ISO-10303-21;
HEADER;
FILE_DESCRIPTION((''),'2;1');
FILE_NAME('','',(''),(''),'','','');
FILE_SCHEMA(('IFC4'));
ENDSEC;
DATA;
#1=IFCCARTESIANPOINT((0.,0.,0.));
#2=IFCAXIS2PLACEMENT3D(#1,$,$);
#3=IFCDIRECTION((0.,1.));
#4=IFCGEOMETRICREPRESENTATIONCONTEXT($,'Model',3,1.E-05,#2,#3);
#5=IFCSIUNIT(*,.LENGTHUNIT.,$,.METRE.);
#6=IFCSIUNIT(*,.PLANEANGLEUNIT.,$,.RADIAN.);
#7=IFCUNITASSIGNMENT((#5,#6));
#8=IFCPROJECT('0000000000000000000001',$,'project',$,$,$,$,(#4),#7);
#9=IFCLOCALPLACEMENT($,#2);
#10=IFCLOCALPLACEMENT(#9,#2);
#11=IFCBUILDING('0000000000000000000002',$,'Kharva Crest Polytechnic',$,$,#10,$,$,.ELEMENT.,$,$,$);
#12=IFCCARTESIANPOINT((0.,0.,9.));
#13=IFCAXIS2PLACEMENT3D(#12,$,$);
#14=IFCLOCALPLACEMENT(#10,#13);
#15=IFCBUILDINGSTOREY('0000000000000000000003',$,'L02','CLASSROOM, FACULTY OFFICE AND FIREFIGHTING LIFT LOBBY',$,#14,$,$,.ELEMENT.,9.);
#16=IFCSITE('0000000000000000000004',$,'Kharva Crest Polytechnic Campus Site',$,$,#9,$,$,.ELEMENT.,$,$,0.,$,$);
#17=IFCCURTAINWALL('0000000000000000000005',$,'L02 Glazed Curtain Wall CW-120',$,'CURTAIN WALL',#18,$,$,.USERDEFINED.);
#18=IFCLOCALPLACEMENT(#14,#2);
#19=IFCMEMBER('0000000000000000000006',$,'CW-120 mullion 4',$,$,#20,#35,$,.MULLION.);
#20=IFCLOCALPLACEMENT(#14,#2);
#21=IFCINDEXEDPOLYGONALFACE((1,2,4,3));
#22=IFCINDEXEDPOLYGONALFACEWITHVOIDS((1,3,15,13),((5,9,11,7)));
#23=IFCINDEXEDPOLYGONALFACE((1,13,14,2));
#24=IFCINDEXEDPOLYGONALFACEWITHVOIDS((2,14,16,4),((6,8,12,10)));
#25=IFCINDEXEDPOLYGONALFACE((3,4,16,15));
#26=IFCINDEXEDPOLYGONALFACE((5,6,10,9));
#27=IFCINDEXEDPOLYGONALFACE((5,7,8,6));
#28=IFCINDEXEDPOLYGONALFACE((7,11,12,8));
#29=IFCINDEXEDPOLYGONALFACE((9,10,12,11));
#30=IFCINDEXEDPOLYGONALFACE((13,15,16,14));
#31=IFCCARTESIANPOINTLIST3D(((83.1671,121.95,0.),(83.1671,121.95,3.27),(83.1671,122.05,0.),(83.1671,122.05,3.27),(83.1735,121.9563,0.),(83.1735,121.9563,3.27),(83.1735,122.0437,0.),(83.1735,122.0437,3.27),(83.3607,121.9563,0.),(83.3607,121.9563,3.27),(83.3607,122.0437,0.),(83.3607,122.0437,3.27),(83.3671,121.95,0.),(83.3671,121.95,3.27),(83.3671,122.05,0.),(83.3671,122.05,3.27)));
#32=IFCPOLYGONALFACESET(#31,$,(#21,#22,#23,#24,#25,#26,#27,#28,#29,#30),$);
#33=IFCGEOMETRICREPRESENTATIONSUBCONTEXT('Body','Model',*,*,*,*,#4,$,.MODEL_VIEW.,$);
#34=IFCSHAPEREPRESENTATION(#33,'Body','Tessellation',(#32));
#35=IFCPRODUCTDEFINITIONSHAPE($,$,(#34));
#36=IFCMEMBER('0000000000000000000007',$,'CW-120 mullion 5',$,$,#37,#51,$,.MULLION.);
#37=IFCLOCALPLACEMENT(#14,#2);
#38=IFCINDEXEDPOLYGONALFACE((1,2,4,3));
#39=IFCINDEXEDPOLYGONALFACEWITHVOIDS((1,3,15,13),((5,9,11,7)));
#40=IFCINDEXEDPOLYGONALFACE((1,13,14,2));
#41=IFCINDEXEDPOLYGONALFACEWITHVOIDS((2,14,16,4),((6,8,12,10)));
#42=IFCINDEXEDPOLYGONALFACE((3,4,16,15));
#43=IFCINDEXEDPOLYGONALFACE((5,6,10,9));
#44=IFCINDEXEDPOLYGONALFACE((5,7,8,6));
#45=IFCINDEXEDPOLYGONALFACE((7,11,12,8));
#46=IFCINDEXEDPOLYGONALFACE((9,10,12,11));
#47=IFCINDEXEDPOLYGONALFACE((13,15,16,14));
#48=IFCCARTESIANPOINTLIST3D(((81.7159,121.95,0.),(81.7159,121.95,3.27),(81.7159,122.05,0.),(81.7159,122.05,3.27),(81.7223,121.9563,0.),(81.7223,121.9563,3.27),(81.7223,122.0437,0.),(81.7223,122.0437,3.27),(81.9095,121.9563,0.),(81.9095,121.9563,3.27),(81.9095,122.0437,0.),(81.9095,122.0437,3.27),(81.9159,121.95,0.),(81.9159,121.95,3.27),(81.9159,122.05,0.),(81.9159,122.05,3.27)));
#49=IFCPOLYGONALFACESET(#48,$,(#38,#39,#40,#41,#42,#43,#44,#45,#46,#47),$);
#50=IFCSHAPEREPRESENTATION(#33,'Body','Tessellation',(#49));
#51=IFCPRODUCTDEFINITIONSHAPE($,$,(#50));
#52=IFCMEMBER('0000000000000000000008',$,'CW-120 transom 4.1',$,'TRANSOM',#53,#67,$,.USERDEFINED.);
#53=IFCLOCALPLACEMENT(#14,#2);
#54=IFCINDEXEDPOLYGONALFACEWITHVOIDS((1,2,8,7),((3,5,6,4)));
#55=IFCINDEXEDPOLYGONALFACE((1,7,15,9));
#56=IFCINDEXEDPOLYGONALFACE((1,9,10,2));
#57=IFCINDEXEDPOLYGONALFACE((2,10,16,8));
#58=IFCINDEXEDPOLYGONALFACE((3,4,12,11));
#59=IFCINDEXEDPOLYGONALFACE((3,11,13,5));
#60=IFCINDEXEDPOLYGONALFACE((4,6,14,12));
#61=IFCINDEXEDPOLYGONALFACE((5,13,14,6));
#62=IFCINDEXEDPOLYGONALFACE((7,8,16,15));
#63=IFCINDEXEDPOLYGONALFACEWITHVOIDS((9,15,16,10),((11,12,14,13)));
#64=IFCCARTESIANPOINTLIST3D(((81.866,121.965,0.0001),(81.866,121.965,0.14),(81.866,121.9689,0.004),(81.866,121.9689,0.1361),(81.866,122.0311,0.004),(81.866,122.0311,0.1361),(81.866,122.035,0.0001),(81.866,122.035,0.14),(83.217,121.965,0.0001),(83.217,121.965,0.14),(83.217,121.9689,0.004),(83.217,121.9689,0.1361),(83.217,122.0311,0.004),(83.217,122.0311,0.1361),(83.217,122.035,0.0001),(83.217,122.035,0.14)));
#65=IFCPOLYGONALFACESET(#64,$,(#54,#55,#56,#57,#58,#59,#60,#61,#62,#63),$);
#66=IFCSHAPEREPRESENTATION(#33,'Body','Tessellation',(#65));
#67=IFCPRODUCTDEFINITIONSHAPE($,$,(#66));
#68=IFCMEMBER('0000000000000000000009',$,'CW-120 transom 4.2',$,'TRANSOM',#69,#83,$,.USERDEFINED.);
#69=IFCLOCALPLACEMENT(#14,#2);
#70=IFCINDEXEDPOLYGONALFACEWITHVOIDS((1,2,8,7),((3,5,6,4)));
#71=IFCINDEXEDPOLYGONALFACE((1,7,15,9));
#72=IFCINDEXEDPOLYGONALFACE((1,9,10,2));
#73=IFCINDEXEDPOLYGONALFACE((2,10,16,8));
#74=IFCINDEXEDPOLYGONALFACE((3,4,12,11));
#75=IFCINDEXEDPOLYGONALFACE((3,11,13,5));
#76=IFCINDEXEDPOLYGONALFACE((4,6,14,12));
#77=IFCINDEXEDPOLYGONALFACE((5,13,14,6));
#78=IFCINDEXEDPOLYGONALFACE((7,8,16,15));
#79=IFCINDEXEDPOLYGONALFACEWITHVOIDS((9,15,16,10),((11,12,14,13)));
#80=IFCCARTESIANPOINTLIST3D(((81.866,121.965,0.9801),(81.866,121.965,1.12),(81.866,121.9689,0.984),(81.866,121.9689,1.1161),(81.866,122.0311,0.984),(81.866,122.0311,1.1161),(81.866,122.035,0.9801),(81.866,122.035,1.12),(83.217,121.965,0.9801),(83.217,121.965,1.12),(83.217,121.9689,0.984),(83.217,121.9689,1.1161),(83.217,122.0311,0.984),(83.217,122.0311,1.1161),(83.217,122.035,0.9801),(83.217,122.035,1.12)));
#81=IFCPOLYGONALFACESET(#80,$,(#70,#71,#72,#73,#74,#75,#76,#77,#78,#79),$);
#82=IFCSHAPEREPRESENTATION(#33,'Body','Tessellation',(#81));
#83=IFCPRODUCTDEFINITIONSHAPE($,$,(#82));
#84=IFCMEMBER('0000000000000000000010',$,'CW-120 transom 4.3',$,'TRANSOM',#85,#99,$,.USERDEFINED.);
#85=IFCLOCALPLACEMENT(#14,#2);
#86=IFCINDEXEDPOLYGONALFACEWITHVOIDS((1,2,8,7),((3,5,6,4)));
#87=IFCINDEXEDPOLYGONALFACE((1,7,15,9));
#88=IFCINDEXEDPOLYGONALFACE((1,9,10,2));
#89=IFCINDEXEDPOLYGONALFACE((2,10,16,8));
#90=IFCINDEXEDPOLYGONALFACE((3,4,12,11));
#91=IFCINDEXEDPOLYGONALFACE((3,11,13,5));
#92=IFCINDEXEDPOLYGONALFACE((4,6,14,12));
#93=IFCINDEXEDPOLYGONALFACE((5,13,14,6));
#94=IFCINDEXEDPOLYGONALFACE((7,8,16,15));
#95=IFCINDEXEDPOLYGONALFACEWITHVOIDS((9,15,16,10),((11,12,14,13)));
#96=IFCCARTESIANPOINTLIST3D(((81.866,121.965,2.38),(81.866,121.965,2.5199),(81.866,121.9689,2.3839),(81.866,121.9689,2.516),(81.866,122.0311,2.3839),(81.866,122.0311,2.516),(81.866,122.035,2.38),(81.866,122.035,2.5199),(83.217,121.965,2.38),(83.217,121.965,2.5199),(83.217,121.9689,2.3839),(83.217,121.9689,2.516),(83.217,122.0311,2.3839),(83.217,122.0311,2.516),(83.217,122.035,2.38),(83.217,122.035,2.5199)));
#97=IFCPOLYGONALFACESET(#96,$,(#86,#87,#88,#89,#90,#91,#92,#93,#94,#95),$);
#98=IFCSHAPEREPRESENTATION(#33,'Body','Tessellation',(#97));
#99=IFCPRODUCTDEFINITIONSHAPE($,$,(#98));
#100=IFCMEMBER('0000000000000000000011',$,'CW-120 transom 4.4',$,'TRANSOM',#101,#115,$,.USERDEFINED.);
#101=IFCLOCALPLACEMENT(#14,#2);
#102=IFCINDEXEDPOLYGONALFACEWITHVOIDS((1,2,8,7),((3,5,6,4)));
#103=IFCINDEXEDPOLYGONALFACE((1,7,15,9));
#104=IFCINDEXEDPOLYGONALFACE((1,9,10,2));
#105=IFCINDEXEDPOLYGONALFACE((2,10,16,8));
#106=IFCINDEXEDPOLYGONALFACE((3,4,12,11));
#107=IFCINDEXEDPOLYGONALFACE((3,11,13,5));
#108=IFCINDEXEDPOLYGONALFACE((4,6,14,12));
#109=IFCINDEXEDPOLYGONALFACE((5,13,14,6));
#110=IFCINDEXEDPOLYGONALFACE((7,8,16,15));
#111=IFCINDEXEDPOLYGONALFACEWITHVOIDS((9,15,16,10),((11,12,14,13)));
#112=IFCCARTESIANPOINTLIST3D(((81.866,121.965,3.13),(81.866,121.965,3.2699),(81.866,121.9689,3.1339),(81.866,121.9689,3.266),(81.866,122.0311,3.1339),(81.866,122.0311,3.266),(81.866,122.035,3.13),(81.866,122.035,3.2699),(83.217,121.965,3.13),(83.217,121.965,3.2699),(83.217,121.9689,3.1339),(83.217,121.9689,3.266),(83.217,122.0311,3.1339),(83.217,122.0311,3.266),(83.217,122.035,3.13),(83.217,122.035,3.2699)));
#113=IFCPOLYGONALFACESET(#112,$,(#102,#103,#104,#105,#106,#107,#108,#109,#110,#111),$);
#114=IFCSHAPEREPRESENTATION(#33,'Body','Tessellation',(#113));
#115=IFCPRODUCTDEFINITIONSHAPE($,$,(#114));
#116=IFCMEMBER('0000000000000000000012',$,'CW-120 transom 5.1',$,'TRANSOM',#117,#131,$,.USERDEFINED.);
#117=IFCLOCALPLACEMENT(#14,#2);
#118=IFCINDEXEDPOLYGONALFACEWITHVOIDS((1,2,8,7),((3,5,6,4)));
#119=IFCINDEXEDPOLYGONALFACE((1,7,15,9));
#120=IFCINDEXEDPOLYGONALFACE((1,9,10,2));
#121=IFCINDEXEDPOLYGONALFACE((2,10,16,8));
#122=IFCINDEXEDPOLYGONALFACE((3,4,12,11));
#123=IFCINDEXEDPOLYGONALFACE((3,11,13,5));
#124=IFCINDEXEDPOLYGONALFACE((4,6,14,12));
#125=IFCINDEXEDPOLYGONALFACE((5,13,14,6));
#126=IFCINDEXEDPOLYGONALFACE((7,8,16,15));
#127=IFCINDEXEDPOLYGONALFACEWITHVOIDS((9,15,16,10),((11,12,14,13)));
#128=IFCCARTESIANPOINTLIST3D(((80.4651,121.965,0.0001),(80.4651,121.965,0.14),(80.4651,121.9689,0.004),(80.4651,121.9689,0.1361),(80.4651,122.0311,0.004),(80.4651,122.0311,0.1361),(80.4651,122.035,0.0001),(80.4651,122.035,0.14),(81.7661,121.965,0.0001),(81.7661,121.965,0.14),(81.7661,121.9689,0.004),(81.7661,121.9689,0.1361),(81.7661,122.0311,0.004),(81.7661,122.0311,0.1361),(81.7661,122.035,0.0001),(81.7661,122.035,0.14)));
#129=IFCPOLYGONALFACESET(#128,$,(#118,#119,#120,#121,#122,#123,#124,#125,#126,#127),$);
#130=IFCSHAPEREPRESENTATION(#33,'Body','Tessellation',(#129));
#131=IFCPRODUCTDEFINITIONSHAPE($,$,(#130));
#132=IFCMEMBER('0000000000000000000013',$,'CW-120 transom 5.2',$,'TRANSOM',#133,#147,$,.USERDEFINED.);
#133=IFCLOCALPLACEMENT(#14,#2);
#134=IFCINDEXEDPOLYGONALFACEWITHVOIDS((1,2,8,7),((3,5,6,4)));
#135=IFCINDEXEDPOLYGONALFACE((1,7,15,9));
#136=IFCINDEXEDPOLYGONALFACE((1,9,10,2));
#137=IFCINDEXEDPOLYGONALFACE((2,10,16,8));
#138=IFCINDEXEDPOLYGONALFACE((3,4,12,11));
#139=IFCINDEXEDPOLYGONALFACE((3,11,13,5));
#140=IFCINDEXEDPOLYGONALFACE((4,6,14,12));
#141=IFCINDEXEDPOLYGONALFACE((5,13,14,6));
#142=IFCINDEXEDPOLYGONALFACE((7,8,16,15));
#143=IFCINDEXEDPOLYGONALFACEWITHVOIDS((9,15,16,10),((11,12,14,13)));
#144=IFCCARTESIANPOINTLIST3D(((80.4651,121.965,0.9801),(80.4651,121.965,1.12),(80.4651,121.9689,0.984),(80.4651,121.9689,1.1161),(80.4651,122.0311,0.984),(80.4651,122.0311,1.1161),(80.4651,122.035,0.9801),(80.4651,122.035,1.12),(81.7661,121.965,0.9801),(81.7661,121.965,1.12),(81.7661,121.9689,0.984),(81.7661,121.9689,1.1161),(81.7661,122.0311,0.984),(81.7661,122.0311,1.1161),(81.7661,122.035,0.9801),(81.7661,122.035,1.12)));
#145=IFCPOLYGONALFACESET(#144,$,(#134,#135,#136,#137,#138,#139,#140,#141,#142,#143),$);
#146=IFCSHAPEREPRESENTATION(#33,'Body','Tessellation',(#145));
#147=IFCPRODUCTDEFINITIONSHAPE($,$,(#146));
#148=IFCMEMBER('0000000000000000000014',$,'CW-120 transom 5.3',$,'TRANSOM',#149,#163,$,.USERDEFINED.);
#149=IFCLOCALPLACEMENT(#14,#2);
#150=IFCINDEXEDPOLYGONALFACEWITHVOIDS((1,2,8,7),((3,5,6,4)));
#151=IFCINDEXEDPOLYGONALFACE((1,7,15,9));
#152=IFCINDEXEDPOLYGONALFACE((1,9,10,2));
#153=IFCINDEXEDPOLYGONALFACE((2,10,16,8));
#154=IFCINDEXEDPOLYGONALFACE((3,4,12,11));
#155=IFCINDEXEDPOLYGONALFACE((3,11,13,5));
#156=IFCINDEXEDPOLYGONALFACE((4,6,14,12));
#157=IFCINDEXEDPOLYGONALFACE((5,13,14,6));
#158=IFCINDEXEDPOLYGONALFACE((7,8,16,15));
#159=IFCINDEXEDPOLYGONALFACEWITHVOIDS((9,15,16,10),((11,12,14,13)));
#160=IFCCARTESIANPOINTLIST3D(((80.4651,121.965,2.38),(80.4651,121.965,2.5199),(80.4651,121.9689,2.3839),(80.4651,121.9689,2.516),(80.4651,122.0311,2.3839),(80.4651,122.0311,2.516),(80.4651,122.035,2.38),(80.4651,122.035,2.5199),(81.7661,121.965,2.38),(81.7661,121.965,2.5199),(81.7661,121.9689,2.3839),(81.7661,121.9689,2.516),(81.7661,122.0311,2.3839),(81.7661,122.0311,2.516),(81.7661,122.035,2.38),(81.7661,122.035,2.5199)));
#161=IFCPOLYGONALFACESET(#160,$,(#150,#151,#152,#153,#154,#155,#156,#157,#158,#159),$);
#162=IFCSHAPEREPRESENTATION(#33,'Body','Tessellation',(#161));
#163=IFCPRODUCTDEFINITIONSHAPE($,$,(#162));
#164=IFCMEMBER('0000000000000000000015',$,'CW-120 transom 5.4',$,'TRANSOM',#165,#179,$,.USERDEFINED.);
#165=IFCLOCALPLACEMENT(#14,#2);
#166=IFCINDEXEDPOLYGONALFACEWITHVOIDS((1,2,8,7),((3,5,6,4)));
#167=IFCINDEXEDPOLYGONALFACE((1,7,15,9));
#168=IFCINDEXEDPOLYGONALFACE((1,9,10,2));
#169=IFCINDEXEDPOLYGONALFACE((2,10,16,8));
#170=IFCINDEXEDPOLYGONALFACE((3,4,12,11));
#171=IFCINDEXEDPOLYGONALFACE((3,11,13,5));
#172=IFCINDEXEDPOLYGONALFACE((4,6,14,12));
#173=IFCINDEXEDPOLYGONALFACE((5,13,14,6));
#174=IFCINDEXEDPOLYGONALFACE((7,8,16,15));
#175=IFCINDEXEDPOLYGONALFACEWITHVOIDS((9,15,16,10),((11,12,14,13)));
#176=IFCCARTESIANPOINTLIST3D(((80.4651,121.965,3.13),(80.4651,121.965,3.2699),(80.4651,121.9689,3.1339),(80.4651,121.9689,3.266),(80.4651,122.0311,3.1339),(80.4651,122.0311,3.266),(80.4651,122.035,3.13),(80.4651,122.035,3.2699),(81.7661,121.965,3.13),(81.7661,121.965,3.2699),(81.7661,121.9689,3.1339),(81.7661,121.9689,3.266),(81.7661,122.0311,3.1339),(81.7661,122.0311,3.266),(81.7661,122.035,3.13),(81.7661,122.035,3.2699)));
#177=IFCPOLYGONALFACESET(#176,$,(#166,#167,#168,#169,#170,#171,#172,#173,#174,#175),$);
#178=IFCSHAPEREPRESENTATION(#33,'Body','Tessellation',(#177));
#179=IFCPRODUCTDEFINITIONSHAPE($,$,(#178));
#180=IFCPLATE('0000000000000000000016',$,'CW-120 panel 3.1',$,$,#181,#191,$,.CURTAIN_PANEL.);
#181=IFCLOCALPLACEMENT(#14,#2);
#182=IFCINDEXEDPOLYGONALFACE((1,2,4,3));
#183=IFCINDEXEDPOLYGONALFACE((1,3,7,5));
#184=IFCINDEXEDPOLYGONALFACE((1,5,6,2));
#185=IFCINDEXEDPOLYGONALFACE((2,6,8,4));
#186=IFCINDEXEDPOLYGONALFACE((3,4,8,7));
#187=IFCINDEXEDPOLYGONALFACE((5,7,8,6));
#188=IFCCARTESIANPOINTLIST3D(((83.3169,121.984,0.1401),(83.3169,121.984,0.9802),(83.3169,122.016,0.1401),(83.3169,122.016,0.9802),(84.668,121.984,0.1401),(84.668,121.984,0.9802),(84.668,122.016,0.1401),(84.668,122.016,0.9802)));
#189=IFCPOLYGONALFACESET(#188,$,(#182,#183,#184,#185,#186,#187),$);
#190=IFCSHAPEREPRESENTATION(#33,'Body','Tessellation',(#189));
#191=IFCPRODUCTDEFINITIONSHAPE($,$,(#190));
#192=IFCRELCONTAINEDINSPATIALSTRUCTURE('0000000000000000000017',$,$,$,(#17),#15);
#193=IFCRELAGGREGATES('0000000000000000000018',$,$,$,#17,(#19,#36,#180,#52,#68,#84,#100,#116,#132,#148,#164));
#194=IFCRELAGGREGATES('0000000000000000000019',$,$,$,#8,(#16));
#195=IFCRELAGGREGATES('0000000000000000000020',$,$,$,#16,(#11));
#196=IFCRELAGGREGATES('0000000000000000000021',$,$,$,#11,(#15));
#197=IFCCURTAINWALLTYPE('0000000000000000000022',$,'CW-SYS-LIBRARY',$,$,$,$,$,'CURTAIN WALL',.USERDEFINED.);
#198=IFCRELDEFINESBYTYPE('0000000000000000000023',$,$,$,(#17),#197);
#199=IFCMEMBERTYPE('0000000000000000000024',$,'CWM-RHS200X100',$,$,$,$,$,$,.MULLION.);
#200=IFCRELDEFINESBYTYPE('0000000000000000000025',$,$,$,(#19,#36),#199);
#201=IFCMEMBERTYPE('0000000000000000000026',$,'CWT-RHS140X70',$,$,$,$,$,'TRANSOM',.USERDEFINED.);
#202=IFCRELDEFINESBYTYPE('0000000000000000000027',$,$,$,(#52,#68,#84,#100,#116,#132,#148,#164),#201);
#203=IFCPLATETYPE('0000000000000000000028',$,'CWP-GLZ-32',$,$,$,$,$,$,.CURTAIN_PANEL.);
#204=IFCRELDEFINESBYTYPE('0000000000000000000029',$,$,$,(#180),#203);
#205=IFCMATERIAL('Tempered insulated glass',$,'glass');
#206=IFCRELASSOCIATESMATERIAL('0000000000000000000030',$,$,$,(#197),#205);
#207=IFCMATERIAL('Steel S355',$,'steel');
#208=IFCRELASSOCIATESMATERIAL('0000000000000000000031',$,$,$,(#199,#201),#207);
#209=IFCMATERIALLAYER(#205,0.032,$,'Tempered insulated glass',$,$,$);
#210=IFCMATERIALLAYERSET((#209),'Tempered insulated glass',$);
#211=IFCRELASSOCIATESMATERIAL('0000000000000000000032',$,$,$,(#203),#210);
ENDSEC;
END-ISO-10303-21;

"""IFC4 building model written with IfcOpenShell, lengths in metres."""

from ifc_helpers import new_model, si_unit, direction, frame, origin, origin_2d, place, context, subcontext, project, spatial, rectangle, hollow_rectangle, extrude, material, layer, layer_set, material_profile, profile_set, type_object, element, aggregate, save


model = new_model("IFC4")

# Units and contexts
model_context = context("Model", 3, precision=1e-05, world=origin(), true_north=direction((0.0, 1.0)))
body_context = subcontext(model_context, "Body", "Model", "MODEL_VIEW")
ifc_project = project(units=[si_unit("LENGTHUNIT", "METRE"), si_unit("PLANEANGLEUNIT", "RADIAN")], contexts=[model_context])

# Site, building, storey
site_placement = place(None, origin())
site = spatial("IfcSite", under=ifc_project, at=site_placement, Name="Kharva Crest Polytechnic Campus Site", CompositionType="ELEMENT", RefElevation=0.0)
building_placement = place(site_placement, origin())
building = spatial("IfcBuilding", under=site, at=building_placement, Name="Kharva Crest Polytechnic", CompositionType="ELEMENT")
storey_placement = place(building_placement, frame((0.0, 0.0, 9.0)))
storey = spatial("IfcBuildingStorey", under=building, at=storey_placement, Name="L02", Description="CLASSROOM, FACULTY OFFICE AND FIREFIGHTING LIFT LOBBY", CompositionType="ELEMENT", Elevation=9.0)

# Curtain wall, members, plate
ifc_material_1 = material(Name="Tempered insulated glass", Category="glass")
curtain_wall_type = type_object("IfcCurtainWallType", Name="CW-SYS-LIBRARY", ElementType="CURTAIN WALL", PredefinedType="USERDEFINED", material=ifc_material_1)
curtain_wall_placement = place(storey_placement, origin())
curtain_wall = element("IfcCurtainWall", 1, at=curtain_wall_placement, inside=storey, type_object=curtain_wall_type, Name="L02 Glazed Curtain Wall CW-120", ObjectType="CURTAIN WALL", PredefinedType="USERDEFINED")
ifc_material_2 = material(Name="Steel S355", Category="steel")
ifc_material_profile_1 = material_profile(ifc_material_2, hollow_rectangle(XDim=0.1001, YDim=0.2, WallThickness=0.0063, at=origin_2d()), Name="RHS 200X100X6.3")
ifc_profile_set_1 = profile_set([ifc_material_profile_1], Name="Steel S355")
member_type_1 = type_object("IfcMemberType", Name="CWM-RHS200X100", PredefinedType="MULLION", material=ifc_profile_set_1)
member_1_placement = place(storey_placement, frame((83.2671, 122.0, 0.0), z_axis=(0.0, 0.0, 1.0), x_axis=(0.0, -1.0, 0.0)))
member_1 = element("IfcMember", 2, at=member_1_placement, type_object=member_type_1, Name="CW-120 mullion 4", PredefinedType="MULLION", context=body_context, shape_type="SweptSolid", body=[
    extrude(hollow_rectangle(XDim=0.1001, YDim=0.2, WallThickness=0.0063, at=origin_2d()), origin(), (0.0, 0.0, 1.0), 3.27),
])
member_2_placement = place(storey_placement, frame((81.8159, 122.0, 0.0), z_axis=(0.0, 0.0, 1.0), x_axis=(0.0, -1.0, 0.0)))
member_2 = element("IfcMember", 3, at=member_2_placement, type_object=member_type_1, Name="CW-120 mullion 5", PredefinedType="MULLION", context=body_context, shape_type="SweptSolid", body=[
    extrude(hollow_rectangle(XDim=0.1001, YDim=0.2, WallThickness=0.0063, at=origin_2d()), origin(), (0.0, 0.0, 1.0), 3.27),
])
ifc_material_profile_2 = material_profile(ifc_material_2, hollow_rectangle(XDim=0.0701, YDim=0.1399, WallThickness=0.0039, at=origin_2d()), Name="RHS 140X70X4.0")
ifc_profile_set_2 = profile_set([ifc_material_profile_2], Name="Steel S355")
member_type_2 = type_object("IfcMemberType", Name="CWT-RHS140X70", ElementType="TRANSOM", PredefinedType="USERDEFINED", material=ifc_profile_set_2)
member_3_placement = place(storey_placement, frame((83.217, 122.0, 0.0701), z_axis=(-1.0, 0.0, 0.0), x_axis=(0.0, -1.0, 0.0)))
member_3 = element("IfcMember", 4, at=member_3_placement, type_object=member_type_2, Name="CW-120 transom 4.1", ObjectType="TRANSOM", PredefinedType="USERDEFINED", context=body_context, shape_type="SweptSolid", body=[
    extrude(hollow_rectangle(XDim=0.0701, YDim=0.1399, WallThickness=0.0039, at=origin_2d()), origin(), (0.0, 0.0, 1.0), 1.3511),
])
member_4_placement = place(storey_placement, frame((83.217, 122.0, 1.05), z_axis=(-1.0, 0.0, 0.0), x_axis=(0.0, -1.0, 0.0)))
member_4 = element("IfcMember", 5, at=member_4_placement, type_object=member_type_2, Name="CW-120 transom 4.2", ObjectType="TRANSOM", PredefinedType="USERDEFINED", context=body_context, shape_type="SweptSolid", body=[
    extrude(hollow_rectangle(XDim=0.0701, YDim=0.1399, WallThickness=0.0039, at=origin_2d()), origin(), (0.0, 0.0, 1.0), 1.3511),
])
member_5_placement = place(storey_placement, frame((83.217, 122.0, 2.45), z_axis=(-1.0, 0.0, 0.0), x_axis=(0.0, -1.0, 0.0)))
member_5 = element("IfcMember", 6, at=member_5_placement, type_object=member_type_2, Name="CW-120 transom 4.3", ObjectType="TRANSOM", PredefinedType="USERDEFINED", context=body_context, shape_type="SweptSolid", body=[
    extrude(hollow_rectangle(XDim=0.0701, YDim=0.1399, WallThickness=0.0039, at=origin_2d()), origin(), (0.0, 0.0, 1.0), 1.3511),
])
member_6_placement = place(storey_placement, frame((83.217, 122.0, 3.2), z_axis=(-1.0, 0.0, 0.0), x_axis=(0.0, -1.0, 0.0)))
member_6 = element("IfcMember", 7, at=member_6_placement, type_object=member_type_2, Name="CW-120 transom 4.4", ObjectType="TRANSOM", PredefinedType="USERDEFINED", context=body_context, shape_type="SweptSolid", body=[
    extrude(hollow_rectangle(XDim=0.0701, YDim=0.1399, WallThickness=0.0039, at=origin_2d()), origin(), (0.0, 0.0, 1.0), 1.3511),
])
member_7_placement = place(storey_placement, frame((81.7661, 122.0, 0.0701), z_axis=(-1.0, 0.0, 0.0), x_axis=(0.0, -1.0, 0.0)))
member_7 = element("IfcMember", 8, at=member_7_placement, type_object=member_type_2, Name="CW-120 transom 5.1", ObjectType="TRANSOM", PredefinedType="USERDEFINED", context=body_context, shape_type="SweptSolid", body=[
    extrude(hollow_rectangle(XDim=0.0701, YDim=0.1399, WallThickness=0.0039, at=origin_2d()), origin(), (0.0, 0.0, 1.0), 1.301),
])
member_8_placement = place(storey_placement, frame((81.7661, 122.0, 1.05), z_axis=(-1.0, 0.0, 0.0), x_axis=(0.0, -1.0, 0.0)))
member_8 = element("IfcMember", 9, at=member_8_placement, type_object=member_type_2, Name="CW-120 transom 5.2", ObjectType="TRANSOM", PredefinedType="USERDEFINED", context=body_context, shape_type="SweptSolid", body=[
    extrude(hollow_rectangle(XDim=0.0701, YDim=0.1399, WallThickness=0.0039, at=origin_2d()), origin(), (0.0, 0.0, 1.0), 1.301),
])
member_9_placement = place(storey_placement, frame((81.7661, 122.0, 2.45), z_axis=(-1.0, 0.0, 0.0), x_axis=(0.0, -1.0, 0.0)))
member_9 = element("IfcMember", 10, at=member_9_placement, type_object=member_type_2, Name="CW-120 transom 5.3", ObjectType="TRANSOM", PredefinedType="USERDEFINED", context=body_context, shape_type="SweptSolid", body=[
    extrude(hollow_rectangle(XDim=0.0701, YDim=0.1399, WallThickness=0.0039, at=origin_2d()), origin(), (0.0, 0.0, 1.0), 1.301),
])
member_10_placement = place(storey_placement, frame((81.7661, 122.0, 3.2), z_axis=(-1.0, 0.0, 0.0), x_axis=(0.0, -1.0, 0.0)))
member_10 = element("IfcMember", 11, at=member_10_placement, type_object=member_type_2, Name="CW-120 transom 5.4", ObjectType="TRANSOM", PredefinedType="USERDEFINED", context=body_context, shape_type="SweptSolid", body=[
    extrude(hollow_rectangle(XDim=0.0701, YDim=0.1399, WallThickness=0.0039, at=origin_2d()), origin(), (0.0, 0.0, 1.0), 1.301),
])
ifc_layer = layer(ifc_material_1, 0.032, Name="Tempered insulated glass")
ifc_layer_set = layer_set([ifc_layer], Name="Tempered insulated glass")
plate_type = type_object("IfcPlateType", Name="CWP-GLZ-32", PredefinedType="CURTAIN_PANEL", material=ifc_layer_set)
plate_1_placement = place(storey_placement, frame((83.9924, 122.0, 0.1401), z_axis=(0.0, 0.0, 1.0), x_axis=(-1.0, 0.0, 0.0)))
plate_1 = element("IfcPlate", 12, at=plate_1_placement, type_object=plate_type, Name="CW-120 panel 3.1", PredefinedType="CURTAIN_PANEL", context=body_context, shape_type="SweptSolid", body=[
    extrude(rectangle(XDim=1.3511, YDim=0.032, at=origin_2d()), origin(), (0.0, 0.0, 1.0), 0.8401),
])
aggregate(curtain_wall, [member_1, member_2, plate_1, member_3, member_4, member_5, member_6, member_7, member_8, member_9, member_10])

save(model, "model.ifc")
